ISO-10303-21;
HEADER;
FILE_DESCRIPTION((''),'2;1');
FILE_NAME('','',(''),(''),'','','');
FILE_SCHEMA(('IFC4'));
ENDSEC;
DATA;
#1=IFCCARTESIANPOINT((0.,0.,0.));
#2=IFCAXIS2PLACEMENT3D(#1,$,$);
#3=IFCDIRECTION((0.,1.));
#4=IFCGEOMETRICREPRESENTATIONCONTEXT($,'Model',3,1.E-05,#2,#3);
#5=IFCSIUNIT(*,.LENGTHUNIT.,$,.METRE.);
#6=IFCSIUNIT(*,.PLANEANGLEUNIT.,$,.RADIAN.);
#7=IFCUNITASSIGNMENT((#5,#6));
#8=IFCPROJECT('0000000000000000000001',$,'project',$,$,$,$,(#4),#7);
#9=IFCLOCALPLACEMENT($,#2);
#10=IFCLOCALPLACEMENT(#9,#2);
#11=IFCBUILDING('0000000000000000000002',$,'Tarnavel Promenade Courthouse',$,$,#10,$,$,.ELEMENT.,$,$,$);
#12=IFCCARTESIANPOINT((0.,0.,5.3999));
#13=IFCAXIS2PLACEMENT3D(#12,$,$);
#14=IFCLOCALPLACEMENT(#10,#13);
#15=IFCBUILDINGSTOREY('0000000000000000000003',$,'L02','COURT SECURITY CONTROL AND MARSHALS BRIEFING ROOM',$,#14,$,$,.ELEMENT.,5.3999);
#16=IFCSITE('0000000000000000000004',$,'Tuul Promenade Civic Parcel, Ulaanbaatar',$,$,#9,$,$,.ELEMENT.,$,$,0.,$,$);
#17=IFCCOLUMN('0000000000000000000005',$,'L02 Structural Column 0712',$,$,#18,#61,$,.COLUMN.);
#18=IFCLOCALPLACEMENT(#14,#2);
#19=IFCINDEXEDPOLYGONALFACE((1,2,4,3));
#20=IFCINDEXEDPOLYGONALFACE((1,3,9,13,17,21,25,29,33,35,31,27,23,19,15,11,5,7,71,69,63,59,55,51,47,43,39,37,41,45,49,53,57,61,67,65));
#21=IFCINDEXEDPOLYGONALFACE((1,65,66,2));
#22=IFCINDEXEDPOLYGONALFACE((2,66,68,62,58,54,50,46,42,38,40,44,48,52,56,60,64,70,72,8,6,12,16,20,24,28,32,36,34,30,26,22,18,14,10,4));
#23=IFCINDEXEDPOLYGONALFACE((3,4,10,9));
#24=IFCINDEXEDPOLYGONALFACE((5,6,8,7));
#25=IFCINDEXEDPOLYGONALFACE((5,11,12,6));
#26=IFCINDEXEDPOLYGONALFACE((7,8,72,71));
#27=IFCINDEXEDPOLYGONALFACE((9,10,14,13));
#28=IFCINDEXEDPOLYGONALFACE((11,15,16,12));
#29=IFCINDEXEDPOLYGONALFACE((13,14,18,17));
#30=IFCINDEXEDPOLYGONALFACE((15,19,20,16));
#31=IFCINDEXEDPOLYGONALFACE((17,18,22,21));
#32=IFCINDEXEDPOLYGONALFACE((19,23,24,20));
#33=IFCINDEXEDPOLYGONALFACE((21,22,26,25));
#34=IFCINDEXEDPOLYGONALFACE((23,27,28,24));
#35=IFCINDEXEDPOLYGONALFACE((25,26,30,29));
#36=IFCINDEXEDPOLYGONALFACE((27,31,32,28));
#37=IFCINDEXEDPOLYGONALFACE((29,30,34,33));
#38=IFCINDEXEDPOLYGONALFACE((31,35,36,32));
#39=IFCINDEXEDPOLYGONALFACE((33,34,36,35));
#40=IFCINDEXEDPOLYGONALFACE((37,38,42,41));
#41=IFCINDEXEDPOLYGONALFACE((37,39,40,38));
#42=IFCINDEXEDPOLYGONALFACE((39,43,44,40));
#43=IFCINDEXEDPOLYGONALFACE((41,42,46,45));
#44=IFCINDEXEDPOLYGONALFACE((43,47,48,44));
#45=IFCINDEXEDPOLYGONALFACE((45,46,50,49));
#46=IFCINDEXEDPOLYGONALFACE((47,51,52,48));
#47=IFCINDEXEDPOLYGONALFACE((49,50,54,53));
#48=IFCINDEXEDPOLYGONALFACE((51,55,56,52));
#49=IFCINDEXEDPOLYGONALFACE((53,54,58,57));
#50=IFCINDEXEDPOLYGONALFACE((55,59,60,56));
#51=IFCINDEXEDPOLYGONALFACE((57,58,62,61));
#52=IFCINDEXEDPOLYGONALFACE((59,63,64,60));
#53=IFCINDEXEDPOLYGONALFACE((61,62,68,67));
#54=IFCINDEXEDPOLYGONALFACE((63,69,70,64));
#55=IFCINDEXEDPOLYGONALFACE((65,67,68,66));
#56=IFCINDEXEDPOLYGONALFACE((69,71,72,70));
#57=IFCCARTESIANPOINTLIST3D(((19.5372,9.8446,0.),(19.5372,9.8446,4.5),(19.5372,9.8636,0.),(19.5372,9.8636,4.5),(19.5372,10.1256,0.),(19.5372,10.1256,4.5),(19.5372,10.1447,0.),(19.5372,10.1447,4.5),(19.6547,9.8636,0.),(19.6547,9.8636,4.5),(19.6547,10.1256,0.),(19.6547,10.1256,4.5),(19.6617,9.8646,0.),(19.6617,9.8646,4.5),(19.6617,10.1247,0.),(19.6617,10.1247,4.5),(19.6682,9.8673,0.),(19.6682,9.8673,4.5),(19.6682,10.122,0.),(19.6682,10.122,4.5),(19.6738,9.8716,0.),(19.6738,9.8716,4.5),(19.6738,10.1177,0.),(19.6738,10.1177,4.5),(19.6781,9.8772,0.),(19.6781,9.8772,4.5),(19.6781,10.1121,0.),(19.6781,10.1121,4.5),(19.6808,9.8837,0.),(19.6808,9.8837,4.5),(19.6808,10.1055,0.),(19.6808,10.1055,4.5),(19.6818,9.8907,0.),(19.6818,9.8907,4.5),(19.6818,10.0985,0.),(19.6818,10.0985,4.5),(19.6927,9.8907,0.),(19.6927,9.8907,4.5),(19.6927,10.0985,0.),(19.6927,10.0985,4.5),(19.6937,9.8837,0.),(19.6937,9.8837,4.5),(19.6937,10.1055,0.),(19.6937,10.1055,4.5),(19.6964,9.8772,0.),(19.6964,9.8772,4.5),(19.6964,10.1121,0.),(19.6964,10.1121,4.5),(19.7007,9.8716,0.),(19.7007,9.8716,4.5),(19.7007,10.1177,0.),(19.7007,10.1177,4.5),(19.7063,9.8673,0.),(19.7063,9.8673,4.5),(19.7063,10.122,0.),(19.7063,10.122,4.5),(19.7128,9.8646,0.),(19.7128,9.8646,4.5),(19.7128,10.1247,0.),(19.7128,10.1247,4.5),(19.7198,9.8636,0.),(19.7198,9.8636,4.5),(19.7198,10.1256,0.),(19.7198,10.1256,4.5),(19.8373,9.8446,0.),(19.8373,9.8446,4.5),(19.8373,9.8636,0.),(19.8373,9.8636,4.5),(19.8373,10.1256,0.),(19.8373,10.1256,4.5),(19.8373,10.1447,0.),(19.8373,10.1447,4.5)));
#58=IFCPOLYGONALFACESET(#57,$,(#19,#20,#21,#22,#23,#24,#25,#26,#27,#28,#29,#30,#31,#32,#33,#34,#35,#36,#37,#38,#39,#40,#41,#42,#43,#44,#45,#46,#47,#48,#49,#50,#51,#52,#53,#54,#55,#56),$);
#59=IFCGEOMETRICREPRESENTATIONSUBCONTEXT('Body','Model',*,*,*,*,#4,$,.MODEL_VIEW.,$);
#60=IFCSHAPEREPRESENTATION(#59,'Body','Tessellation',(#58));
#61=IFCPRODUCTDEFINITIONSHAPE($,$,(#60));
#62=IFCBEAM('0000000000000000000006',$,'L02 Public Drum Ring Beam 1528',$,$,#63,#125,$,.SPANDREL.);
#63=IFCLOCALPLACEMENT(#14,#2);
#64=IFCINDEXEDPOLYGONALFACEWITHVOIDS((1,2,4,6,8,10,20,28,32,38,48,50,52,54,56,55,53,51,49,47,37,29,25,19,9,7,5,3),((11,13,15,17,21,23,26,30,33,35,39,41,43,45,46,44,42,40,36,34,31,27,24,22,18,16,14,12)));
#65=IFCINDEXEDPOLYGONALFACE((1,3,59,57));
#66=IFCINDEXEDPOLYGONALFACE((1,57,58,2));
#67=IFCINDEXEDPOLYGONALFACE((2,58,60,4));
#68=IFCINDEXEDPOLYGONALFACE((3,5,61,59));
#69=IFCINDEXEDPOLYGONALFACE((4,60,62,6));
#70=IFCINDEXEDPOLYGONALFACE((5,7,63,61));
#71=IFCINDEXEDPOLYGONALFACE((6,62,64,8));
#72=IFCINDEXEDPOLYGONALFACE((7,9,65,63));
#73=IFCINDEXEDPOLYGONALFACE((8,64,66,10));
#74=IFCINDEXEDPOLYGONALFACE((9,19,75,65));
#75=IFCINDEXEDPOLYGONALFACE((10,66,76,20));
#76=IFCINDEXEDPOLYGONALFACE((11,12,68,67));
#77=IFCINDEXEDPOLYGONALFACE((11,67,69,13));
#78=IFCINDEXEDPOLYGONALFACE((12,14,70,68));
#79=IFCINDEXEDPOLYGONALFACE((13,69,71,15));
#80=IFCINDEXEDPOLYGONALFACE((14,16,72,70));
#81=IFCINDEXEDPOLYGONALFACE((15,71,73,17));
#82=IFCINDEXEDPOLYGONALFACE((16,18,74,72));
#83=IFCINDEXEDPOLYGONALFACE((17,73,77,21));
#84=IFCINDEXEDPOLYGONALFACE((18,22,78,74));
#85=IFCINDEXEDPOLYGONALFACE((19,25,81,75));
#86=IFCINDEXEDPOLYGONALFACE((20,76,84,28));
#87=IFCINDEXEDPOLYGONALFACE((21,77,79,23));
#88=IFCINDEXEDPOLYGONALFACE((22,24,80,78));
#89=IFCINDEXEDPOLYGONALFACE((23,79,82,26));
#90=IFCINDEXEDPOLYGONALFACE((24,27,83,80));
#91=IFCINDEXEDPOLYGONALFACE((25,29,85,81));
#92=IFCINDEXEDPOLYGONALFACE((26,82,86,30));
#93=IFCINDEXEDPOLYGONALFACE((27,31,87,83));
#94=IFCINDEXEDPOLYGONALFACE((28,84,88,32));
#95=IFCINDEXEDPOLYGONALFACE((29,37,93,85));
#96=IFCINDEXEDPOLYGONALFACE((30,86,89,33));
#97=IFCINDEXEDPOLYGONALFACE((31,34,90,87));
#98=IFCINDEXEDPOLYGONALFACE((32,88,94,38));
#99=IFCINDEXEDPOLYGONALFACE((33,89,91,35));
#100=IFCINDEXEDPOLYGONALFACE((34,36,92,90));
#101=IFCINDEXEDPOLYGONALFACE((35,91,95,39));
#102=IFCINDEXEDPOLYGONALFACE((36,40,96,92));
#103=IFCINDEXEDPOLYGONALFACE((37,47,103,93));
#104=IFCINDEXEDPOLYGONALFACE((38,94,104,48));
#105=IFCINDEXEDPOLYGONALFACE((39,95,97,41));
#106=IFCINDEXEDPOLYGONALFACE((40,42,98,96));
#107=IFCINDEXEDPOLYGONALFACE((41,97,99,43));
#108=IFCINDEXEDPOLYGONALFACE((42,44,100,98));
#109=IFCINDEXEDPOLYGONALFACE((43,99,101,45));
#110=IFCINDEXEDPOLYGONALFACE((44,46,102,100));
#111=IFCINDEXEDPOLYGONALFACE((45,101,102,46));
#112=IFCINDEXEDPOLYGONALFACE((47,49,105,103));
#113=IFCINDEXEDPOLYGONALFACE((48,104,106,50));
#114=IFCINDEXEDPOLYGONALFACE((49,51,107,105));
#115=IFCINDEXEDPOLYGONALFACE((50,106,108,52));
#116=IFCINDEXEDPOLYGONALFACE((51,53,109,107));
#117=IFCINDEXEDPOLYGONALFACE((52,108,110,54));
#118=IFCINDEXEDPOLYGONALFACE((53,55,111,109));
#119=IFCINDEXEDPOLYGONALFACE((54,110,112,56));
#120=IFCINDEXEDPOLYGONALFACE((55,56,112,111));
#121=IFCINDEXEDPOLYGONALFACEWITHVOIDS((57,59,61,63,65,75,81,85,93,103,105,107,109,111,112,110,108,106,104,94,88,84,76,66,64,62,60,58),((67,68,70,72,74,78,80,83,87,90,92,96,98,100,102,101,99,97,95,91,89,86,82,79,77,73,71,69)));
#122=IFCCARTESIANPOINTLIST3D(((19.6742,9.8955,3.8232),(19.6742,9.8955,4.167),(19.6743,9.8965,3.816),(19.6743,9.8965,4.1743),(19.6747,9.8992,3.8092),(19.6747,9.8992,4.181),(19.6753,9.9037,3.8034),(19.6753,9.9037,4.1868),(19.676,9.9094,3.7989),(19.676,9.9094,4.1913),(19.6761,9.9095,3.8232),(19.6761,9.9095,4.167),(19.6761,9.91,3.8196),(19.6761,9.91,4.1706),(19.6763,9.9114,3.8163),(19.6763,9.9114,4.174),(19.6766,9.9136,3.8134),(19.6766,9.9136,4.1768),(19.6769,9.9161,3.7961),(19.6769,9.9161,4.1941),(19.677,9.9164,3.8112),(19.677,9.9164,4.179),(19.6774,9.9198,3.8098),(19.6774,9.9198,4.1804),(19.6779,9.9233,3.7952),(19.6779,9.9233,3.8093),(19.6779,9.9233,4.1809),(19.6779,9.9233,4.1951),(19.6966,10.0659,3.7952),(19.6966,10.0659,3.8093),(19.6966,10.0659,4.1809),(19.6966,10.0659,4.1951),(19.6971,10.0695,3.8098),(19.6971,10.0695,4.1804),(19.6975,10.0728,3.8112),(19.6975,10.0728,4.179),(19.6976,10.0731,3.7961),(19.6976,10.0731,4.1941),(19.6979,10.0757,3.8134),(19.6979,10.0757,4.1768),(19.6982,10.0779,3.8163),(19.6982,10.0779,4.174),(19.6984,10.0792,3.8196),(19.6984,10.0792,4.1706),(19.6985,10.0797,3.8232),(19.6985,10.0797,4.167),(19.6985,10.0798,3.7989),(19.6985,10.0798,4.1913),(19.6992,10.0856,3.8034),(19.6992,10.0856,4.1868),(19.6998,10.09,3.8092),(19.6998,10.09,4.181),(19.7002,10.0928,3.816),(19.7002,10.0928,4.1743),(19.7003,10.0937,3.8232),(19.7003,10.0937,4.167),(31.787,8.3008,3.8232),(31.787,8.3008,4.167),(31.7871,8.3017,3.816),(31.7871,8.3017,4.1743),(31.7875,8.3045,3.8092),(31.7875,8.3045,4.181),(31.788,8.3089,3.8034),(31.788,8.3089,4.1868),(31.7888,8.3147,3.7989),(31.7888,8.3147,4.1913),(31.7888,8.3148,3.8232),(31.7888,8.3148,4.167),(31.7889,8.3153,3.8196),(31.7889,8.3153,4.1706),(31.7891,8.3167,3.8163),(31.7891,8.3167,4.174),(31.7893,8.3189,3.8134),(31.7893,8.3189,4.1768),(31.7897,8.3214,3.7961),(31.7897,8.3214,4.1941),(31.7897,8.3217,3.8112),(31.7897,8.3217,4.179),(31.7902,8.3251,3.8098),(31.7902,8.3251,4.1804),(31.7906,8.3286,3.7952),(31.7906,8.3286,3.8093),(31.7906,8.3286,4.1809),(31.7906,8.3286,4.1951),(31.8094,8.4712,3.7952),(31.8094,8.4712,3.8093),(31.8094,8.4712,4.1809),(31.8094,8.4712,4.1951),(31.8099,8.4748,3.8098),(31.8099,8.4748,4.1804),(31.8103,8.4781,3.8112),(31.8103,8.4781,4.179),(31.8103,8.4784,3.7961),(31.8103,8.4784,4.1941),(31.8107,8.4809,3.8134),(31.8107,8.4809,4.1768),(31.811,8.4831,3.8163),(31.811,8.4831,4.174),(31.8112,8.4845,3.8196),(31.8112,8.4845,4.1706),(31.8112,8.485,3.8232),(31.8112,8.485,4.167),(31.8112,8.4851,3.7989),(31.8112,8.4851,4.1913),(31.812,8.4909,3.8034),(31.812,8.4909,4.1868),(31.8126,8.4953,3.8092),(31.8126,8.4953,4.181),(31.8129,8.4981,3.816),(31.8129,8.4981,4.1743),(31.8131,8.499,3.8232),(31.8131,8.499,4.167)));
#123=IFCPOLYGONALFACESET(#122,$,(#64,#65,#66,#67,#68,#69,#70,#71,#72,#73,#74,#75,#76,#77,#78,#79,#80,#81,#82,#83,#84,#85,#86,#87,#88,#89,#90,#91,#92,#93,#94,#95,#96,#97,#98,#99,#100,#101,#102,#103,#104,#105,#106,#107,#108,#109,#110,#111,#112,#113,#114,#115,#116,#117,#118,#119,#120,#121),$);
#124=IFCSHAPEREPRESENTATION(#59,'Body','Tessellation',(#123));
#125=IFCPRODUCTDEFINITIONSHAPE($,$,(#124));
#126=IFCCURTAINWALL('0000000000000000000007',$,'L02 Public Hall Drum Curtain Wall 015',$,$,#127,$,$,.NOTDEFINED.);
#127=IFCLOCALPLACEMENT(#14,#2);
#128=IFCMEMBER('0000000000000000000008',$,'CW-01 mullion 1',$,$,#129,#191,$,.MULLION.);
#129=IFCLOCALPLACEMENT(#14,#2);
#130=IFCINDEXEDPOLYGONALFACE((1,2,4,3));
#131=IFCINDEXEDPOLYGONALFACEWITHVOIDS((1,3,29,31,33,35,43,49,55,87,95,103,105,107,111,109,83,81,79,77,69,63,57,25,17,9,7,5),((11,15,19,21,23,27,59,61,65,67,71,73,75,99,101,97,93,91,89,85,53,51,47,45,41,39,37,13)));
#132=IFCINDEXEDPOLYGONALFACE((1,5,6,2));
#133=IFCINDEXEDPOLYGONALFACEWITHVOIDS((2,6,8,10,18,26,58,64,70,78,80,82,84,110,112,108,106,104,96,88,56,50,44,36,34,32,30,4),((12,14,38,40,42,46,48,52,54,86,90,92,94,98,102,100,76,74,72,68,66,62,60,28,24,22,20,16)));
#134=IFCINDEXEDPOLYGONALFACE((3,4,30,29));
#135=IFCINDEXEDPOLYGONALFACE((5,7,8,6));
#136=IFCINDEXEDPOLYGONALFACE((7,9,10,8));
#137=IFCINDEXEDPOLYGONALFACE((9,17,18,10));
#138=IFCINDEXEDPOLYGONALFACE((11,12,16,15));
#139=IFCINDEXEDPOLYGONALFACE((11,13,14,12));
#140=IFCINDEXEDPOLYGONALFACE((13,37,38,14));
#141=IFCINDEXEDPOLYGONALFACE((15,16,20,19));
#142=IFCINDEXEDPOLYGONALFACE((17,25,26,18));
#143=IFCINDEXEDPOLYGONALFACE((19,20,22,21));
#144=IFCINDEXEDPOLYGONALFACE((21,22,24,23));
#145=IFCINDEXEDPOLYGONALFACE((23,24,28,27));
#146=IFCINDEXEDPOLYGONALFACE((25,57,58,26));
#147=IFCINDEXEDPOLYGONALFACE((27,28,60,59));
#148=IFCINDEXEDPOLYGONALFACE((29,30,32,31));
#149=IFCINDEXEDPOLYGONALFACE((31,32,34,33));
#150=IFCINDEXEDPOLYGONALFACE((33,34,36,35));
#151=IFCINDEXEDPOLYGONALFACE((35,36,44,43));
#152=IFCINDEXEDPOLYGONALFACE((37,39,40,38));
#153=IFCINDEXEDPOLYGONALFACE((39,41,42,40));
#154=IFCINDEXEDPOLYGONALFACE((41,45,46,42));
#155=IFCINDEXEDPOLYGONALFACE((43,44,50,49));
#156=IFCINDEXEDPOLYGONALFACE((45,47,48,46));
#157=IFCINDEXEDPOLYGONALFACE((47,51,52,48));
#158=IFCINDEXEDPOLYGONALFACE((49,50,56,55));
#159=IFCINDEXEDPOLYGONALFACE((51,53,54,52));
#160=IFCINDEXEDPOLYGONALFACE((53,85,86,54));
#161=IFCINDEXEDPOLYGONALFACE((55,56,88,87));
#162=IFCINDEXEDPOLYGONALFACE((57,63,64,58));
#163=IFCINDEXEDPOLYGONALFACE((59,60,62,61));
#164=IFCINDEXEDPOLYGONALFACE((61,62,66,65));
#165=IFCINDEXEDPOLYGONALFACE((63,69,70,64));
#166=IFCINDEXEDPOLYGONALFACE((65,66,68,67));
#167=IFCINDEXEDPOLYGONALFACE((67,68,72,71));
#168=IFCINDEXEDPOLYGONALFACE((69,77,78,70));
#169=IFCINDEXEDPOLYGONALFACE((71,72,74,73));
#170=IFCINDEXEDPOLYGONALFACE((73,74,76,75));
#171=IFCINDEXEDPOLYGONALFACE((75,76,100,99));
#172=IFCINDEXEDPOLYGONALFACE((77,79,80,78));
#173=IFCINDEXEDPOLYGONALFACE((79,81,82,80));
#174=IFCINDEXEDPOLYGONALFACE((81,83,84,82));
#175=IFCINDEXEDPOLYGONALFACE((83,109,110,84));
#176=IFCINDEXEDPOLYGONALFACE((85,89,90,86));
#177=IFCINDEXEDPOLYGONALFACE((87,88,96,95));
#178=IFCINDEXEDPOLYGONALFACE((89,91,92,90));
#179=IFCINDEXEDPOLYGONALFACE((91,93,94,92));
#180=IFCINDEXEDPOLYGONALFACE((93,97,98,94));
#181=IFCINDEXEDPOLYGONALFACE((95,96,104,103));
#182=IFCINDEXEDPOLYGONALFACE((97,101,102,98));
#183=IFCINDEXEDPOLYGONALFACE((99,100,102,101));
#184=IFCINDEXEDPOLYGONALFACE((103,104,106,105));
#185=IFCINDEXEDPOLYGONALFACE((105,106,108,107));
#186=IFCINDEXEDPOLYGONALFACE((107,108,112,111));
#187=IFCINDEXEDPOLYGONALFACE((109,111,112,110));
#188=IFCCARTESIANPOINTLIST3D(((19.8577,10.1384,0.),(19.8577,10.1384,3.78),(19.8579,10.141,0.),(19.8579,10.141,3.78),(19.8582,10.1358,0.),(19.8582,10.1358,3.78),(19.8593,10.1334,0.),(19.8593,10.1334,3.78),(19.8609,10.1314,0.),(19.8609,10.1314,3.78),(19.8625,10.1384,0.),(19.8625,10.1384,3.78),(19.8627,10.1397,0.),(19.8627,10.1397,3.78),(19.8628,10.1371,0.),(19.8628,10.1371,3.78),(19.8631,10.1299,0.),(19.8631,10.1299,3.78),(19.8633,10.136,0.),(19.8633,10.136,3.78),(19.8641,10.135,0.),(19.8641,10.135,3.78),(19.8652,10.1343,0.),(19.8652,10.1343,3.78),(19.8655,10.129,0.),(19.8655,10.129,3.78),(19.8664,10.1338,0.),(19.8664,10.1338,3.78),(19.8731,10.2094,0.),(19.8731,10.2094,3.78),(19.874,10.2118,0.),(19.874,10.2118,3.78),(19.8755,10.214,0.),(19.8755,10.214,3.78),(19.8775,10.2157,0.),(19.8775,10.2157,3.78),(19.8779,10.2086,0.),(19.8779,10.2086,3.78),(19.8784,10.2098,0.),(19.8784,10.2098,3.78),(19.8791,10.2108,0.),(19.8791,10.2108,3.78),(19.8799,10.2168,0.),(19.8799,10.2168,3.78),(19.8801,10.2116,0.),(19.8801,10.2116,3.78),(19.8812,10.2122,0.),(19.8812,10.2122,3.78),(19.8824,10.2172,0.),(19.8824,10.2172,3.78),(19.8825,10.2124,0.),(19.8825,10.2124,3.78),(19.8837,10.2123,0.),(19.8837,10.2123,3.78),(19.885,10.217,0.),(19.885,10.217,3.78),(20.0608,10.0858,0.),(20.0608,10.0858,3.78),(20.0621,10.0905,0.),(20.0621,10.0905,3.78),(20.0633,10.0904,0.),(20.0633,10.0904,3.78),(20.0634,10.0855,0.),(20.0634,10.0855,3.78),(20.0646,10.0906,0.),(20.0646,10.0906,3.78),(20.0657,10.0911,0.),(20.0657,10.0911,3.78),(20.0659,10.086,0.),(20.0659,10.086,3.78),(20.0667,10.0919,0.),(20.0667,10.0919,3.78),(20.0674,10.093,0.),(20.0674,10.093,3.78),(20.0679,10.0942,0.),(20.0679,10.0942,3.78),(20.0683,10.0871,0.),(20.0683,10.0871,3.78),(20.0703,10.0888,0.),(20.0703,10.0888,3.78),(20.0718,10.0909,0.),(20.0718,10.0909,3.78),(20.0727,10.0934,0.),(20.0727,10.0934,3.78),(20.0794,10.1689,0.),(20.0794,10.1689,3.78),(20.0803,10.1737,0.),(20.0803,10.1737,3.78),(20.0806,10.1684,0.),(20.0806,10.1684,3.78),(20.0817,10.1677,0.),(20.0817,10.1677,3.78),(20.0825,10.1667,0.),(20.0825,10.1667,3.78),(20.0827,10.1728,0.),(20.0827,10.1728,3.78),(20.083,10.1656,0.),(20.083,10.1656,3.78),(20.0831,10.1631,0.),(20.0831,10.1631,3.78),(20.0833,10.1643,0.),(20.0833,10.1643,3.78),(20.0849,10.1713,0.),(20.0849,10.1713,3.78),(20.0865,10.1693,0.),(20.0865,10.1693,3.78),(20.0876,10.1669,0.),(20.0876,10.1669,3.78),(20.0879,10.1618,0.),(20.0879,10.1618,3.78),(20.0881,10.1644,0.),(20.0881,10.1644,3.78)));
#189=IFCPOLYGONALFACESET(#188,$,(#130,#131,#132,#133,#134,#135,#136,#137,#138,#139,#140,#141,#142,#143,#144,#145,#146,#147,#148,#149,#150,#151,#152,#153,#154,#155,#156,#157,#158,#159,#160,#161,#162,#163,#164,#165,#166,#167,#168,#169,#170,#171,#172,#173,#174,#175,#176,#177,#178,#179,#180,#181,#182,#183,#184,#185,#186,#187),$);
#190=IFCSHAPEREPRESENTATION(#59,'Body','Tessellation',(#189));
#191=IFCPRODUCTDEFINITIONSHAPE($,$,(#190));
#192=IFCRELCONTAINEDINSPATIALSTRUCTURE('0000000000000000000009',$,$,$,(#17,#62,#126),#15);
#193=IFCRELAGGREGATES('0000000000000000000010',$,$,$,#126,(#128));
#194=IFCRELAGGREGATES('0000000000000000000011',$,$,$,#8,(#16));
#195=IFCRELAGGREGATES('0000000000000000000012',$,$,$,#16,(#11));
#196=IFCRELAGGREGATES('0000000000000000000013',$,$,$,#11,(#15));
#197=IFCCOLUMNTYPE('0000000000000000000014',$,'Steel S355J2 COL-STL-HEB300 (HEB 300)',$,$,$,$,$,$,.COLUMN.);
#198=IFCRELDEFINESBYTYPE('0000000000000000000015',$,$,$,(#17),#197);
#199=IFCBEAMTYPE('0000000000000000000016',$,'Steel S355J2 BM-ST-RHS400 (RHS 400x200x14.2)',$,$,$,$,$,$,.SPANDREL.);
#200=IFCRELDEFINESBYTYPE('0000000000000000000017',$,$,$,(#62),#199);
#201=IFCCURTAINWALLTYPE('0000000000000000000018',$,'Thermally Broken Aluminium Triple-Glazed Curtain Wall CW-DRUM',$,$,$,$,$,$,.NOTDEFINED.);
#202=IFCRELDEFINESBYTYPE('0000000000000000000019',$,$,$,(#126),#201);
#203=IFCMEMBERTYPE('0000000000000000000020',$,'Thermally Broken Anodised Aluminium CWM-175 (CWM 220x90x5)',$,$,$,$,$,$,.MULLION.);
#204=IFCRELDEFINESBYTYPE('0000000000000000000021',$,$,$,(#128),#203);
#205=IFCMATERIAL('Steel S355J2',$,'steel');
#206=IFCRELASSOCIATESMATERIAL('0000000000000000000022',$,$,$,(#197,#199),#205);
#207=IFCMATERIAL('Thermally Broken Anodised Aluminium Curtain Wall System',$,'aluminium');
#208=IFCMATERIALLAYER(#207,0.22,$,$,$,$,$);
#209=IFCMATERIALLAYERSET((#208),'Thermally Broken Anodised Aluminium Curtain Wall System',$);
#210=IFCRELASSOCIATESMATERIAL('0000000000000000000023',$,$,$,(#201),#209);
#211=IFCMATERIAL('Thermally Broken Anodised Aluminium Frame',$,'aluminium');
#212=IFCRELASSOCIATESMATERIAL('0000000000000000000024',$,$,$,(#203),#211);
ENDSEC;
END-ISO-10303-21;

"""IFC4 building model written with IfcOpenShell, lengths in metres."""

from ifc_helpers import new_model, si_unit, direction, frame, origin, origin_2d, place, context, subcontext, project, spatial, hollow_rectangle, i_section, extrude, material, layer, layer_set, material_profile, profile_set, type_object, element, aggregate, save


model = new_model("IFC4")

# Units and contexts
model_context = context("Model", 3, precision=1e-05, world=origin(), true_north=direction((0.0, 1.0)))
body_context = subcontext(model_context, "Body", "Model", "MODEL_VIEW")
ifc_project = project(units=[si_unit("LENGTHUNIT", "METRE"), si_unit("PLANEANGLEUNIT", "RADIAN")], contexts=[model_context])

# Site, building, storey
site_placement = place(None, origin())
site = spatial("IfcSite", under=ifc_project, at=site_placement, Name="Tuul Promenade Civic Parcel, Ulaanbaatar", CompositionType="ELEMENT", RefElevation=0.0)
building_placement = place(site_placement, origin())
building = spatial("IfcBuilding", under=site, at=building_placement, Name="Tarnavel Promenade Courthouse", CompositionType="ELEMENT")
storey_placement = place(building_placement, frame((0.0, 0.0, 5.3999)))
storey = spatial("IfcBuildingStorey", under=building, at=storey_placement, Name="L02", Description="COURT SECURITY CONTROL AND MARSHALS BRIEFING ROOM", CompositionType="ELEMENT", Elevation=5.3999)

# Column
ifc_material_1 = material(Name="Steel S355J2", Category="steel")
ifc_material_profile_1 = material_profile(ifc_material_1, i_section(OverallWidth=0.3, OverallDepth=0.3, WebThickness=0.011, FlangeThickness=0.019, FilletRadius=0.0271, at=origin_2d()), Name="HEB 300")
ifc_profile_set_1 = profile_set([ifc_material_profile_1], Name="Steel S355J2")
column_type = type_object("IfcColumnType", Name="Steel S355J2 COL-STL-HEB300 (HEB 300)", PredefinedType="COLUMN", material=ifc_profile_set_1)
column_placement = place(storey_placement, frame((19.6873, 9.9946, 0.0), z_axis=(0.0, 0.0, 1.0), x_axis=(1.0, 0.0, 0.0)))
element("IfcColumn", 1, at=column_placement, inside=storey, type_object=column_type, Name="L02 Structural Column 0712", PredefinedType="COLUMN", context=body_context, shape_type="SweptSolid", body=[
    extrude(i_section(OverallWidth=0.3, OverallDepth=0.3, WebThickness=0.011, FlangeThickness=0.019, FilletRadius=0.0271, at=origin_2d()), origin(), (0.0, 0.0, 1.0), 4.5),
])

# Beam
ifc_material_profile_2 = material_profile(ifc_material_1, hollow_rectangle(XDim=0.2, YDim=0.3999, WallThickness=0.0142, InnerFilletRadius=0.0139, OuterFilletRadius=0.0281, at=origin_2d()), Name="RHS 400x200x14.2")
ifc_profile_set_2 = profile_set([ifc_material_profile_2], Name="Steel S355J2")
beam_type = type_object("IfcBeamType", Name="Steel S355J2 BM-ST-RHS400 (RHS 400x200x14.2)", PredefinedType="SPANDREL", material=ifc_profile_set_2)
beam_placement = place(storey_placement, frame((19.6873, 9.9946, 3.9951), z_axis=(0.991444, -0.13053, 0.0), x_axis=(0.13053, 0.991444, 0.0)))
element("IfcBeam", 2, at=beam_placement, inside=storey, type_object=beam_type, Name="L02 Public Drum Ring Beam 1528", PredefinedType="SPANDREL", context=body_context, shape_type="SweptSolid", body=[
    extrude(hollow_rectangle(XDim=0.2, YDim=0.3999, WallThickness=0.0142, InnerFilletRadius=0.0139, OuterFilletRadius=0.0281, at=origin_2d()), origin(), (0.0, 0.0, 1.0), 12.2173),
])

# Curtain wall, member
ifc_material_2 = material(Name="Thermally Broken Anodised Aluminium Curtain Wall System", Category="aluminium")
ifc_layer_1 = layer(ifc_material_2, 0.22)
ifc_layer_set_1 = layer_set([ifc_layer_1], Name="Thermally Broken Anodised Aluminium Curtain Wall System")
curtain_wall_type = type_object("IfcCurtainWallType", Name="Thermally Broken Aluminium Triple-Glazed Curtain Wall CW-DRUM", PredefinedType="NOTDEFINED", material=ifc_layer_set_1)
curtain_wall_1_placement = place(storey_placement, origin())
curtain_wall_1 = element("IfcCurtainWall", 3, at=curtain_wall_1_placement, inside=storey, type_object=curtain_wall_type, Name="L02 Public Hall Drum Curtain Wall 015", PredefinedType="NOTDEFINED")
ifc_material_3 = material(Name="Thermally Broken Anodised Aluminium Frame", Category="aluminium")
ifc_material_profile_3 = material_profile(ifc_material_3, hollow_rectangle(XDim=0.0901, YDim=0.22, WallThickness=0.0049, InnerFilletRadius=0.0049, OuterFilletRadius=0.01, at=origin_2d()), Name="CWM 220x90x5")
ifc_profile_set_3 = profile_set([ifc_material_profile_3], Name="Thermally Broken Anodised Aluminium Frame")
member_type_1 = type_object("IfcMemberType", Name="Thermally Broken Anodised Aluminium CWM-175 (CWM 220x90x5)", PredefinedType="MULLION", material=ifc_profile_set_3)
member_1_placement = place(storey_placement, frame((19.9729, 10.1514, 0.0), z_axis=(0.0, 0.0, 1.0), x_axis=(0.216438, 0.976296, 0.0)))
member_1 = element("IfcMember", 4, at=member_1_placement, type_object=member_type_1, Name="CW-01 mullion 1", PredefinedType="MULLION", context=body_context, shape_type="SweptSolid", body=[
    extrude(hollow_rectangle(XDim=0.0901, YDim=0.22, WallThickness=0.0049, InnerFilletRadius=0.0049, OuterFilletRadius=0.01, at=origin_2d()), origin(), (0.0, 0.0, 1.0), 3.78),
])

aggregate(curtain_wall_1, [member_1])

save(model, "model.ifc")
